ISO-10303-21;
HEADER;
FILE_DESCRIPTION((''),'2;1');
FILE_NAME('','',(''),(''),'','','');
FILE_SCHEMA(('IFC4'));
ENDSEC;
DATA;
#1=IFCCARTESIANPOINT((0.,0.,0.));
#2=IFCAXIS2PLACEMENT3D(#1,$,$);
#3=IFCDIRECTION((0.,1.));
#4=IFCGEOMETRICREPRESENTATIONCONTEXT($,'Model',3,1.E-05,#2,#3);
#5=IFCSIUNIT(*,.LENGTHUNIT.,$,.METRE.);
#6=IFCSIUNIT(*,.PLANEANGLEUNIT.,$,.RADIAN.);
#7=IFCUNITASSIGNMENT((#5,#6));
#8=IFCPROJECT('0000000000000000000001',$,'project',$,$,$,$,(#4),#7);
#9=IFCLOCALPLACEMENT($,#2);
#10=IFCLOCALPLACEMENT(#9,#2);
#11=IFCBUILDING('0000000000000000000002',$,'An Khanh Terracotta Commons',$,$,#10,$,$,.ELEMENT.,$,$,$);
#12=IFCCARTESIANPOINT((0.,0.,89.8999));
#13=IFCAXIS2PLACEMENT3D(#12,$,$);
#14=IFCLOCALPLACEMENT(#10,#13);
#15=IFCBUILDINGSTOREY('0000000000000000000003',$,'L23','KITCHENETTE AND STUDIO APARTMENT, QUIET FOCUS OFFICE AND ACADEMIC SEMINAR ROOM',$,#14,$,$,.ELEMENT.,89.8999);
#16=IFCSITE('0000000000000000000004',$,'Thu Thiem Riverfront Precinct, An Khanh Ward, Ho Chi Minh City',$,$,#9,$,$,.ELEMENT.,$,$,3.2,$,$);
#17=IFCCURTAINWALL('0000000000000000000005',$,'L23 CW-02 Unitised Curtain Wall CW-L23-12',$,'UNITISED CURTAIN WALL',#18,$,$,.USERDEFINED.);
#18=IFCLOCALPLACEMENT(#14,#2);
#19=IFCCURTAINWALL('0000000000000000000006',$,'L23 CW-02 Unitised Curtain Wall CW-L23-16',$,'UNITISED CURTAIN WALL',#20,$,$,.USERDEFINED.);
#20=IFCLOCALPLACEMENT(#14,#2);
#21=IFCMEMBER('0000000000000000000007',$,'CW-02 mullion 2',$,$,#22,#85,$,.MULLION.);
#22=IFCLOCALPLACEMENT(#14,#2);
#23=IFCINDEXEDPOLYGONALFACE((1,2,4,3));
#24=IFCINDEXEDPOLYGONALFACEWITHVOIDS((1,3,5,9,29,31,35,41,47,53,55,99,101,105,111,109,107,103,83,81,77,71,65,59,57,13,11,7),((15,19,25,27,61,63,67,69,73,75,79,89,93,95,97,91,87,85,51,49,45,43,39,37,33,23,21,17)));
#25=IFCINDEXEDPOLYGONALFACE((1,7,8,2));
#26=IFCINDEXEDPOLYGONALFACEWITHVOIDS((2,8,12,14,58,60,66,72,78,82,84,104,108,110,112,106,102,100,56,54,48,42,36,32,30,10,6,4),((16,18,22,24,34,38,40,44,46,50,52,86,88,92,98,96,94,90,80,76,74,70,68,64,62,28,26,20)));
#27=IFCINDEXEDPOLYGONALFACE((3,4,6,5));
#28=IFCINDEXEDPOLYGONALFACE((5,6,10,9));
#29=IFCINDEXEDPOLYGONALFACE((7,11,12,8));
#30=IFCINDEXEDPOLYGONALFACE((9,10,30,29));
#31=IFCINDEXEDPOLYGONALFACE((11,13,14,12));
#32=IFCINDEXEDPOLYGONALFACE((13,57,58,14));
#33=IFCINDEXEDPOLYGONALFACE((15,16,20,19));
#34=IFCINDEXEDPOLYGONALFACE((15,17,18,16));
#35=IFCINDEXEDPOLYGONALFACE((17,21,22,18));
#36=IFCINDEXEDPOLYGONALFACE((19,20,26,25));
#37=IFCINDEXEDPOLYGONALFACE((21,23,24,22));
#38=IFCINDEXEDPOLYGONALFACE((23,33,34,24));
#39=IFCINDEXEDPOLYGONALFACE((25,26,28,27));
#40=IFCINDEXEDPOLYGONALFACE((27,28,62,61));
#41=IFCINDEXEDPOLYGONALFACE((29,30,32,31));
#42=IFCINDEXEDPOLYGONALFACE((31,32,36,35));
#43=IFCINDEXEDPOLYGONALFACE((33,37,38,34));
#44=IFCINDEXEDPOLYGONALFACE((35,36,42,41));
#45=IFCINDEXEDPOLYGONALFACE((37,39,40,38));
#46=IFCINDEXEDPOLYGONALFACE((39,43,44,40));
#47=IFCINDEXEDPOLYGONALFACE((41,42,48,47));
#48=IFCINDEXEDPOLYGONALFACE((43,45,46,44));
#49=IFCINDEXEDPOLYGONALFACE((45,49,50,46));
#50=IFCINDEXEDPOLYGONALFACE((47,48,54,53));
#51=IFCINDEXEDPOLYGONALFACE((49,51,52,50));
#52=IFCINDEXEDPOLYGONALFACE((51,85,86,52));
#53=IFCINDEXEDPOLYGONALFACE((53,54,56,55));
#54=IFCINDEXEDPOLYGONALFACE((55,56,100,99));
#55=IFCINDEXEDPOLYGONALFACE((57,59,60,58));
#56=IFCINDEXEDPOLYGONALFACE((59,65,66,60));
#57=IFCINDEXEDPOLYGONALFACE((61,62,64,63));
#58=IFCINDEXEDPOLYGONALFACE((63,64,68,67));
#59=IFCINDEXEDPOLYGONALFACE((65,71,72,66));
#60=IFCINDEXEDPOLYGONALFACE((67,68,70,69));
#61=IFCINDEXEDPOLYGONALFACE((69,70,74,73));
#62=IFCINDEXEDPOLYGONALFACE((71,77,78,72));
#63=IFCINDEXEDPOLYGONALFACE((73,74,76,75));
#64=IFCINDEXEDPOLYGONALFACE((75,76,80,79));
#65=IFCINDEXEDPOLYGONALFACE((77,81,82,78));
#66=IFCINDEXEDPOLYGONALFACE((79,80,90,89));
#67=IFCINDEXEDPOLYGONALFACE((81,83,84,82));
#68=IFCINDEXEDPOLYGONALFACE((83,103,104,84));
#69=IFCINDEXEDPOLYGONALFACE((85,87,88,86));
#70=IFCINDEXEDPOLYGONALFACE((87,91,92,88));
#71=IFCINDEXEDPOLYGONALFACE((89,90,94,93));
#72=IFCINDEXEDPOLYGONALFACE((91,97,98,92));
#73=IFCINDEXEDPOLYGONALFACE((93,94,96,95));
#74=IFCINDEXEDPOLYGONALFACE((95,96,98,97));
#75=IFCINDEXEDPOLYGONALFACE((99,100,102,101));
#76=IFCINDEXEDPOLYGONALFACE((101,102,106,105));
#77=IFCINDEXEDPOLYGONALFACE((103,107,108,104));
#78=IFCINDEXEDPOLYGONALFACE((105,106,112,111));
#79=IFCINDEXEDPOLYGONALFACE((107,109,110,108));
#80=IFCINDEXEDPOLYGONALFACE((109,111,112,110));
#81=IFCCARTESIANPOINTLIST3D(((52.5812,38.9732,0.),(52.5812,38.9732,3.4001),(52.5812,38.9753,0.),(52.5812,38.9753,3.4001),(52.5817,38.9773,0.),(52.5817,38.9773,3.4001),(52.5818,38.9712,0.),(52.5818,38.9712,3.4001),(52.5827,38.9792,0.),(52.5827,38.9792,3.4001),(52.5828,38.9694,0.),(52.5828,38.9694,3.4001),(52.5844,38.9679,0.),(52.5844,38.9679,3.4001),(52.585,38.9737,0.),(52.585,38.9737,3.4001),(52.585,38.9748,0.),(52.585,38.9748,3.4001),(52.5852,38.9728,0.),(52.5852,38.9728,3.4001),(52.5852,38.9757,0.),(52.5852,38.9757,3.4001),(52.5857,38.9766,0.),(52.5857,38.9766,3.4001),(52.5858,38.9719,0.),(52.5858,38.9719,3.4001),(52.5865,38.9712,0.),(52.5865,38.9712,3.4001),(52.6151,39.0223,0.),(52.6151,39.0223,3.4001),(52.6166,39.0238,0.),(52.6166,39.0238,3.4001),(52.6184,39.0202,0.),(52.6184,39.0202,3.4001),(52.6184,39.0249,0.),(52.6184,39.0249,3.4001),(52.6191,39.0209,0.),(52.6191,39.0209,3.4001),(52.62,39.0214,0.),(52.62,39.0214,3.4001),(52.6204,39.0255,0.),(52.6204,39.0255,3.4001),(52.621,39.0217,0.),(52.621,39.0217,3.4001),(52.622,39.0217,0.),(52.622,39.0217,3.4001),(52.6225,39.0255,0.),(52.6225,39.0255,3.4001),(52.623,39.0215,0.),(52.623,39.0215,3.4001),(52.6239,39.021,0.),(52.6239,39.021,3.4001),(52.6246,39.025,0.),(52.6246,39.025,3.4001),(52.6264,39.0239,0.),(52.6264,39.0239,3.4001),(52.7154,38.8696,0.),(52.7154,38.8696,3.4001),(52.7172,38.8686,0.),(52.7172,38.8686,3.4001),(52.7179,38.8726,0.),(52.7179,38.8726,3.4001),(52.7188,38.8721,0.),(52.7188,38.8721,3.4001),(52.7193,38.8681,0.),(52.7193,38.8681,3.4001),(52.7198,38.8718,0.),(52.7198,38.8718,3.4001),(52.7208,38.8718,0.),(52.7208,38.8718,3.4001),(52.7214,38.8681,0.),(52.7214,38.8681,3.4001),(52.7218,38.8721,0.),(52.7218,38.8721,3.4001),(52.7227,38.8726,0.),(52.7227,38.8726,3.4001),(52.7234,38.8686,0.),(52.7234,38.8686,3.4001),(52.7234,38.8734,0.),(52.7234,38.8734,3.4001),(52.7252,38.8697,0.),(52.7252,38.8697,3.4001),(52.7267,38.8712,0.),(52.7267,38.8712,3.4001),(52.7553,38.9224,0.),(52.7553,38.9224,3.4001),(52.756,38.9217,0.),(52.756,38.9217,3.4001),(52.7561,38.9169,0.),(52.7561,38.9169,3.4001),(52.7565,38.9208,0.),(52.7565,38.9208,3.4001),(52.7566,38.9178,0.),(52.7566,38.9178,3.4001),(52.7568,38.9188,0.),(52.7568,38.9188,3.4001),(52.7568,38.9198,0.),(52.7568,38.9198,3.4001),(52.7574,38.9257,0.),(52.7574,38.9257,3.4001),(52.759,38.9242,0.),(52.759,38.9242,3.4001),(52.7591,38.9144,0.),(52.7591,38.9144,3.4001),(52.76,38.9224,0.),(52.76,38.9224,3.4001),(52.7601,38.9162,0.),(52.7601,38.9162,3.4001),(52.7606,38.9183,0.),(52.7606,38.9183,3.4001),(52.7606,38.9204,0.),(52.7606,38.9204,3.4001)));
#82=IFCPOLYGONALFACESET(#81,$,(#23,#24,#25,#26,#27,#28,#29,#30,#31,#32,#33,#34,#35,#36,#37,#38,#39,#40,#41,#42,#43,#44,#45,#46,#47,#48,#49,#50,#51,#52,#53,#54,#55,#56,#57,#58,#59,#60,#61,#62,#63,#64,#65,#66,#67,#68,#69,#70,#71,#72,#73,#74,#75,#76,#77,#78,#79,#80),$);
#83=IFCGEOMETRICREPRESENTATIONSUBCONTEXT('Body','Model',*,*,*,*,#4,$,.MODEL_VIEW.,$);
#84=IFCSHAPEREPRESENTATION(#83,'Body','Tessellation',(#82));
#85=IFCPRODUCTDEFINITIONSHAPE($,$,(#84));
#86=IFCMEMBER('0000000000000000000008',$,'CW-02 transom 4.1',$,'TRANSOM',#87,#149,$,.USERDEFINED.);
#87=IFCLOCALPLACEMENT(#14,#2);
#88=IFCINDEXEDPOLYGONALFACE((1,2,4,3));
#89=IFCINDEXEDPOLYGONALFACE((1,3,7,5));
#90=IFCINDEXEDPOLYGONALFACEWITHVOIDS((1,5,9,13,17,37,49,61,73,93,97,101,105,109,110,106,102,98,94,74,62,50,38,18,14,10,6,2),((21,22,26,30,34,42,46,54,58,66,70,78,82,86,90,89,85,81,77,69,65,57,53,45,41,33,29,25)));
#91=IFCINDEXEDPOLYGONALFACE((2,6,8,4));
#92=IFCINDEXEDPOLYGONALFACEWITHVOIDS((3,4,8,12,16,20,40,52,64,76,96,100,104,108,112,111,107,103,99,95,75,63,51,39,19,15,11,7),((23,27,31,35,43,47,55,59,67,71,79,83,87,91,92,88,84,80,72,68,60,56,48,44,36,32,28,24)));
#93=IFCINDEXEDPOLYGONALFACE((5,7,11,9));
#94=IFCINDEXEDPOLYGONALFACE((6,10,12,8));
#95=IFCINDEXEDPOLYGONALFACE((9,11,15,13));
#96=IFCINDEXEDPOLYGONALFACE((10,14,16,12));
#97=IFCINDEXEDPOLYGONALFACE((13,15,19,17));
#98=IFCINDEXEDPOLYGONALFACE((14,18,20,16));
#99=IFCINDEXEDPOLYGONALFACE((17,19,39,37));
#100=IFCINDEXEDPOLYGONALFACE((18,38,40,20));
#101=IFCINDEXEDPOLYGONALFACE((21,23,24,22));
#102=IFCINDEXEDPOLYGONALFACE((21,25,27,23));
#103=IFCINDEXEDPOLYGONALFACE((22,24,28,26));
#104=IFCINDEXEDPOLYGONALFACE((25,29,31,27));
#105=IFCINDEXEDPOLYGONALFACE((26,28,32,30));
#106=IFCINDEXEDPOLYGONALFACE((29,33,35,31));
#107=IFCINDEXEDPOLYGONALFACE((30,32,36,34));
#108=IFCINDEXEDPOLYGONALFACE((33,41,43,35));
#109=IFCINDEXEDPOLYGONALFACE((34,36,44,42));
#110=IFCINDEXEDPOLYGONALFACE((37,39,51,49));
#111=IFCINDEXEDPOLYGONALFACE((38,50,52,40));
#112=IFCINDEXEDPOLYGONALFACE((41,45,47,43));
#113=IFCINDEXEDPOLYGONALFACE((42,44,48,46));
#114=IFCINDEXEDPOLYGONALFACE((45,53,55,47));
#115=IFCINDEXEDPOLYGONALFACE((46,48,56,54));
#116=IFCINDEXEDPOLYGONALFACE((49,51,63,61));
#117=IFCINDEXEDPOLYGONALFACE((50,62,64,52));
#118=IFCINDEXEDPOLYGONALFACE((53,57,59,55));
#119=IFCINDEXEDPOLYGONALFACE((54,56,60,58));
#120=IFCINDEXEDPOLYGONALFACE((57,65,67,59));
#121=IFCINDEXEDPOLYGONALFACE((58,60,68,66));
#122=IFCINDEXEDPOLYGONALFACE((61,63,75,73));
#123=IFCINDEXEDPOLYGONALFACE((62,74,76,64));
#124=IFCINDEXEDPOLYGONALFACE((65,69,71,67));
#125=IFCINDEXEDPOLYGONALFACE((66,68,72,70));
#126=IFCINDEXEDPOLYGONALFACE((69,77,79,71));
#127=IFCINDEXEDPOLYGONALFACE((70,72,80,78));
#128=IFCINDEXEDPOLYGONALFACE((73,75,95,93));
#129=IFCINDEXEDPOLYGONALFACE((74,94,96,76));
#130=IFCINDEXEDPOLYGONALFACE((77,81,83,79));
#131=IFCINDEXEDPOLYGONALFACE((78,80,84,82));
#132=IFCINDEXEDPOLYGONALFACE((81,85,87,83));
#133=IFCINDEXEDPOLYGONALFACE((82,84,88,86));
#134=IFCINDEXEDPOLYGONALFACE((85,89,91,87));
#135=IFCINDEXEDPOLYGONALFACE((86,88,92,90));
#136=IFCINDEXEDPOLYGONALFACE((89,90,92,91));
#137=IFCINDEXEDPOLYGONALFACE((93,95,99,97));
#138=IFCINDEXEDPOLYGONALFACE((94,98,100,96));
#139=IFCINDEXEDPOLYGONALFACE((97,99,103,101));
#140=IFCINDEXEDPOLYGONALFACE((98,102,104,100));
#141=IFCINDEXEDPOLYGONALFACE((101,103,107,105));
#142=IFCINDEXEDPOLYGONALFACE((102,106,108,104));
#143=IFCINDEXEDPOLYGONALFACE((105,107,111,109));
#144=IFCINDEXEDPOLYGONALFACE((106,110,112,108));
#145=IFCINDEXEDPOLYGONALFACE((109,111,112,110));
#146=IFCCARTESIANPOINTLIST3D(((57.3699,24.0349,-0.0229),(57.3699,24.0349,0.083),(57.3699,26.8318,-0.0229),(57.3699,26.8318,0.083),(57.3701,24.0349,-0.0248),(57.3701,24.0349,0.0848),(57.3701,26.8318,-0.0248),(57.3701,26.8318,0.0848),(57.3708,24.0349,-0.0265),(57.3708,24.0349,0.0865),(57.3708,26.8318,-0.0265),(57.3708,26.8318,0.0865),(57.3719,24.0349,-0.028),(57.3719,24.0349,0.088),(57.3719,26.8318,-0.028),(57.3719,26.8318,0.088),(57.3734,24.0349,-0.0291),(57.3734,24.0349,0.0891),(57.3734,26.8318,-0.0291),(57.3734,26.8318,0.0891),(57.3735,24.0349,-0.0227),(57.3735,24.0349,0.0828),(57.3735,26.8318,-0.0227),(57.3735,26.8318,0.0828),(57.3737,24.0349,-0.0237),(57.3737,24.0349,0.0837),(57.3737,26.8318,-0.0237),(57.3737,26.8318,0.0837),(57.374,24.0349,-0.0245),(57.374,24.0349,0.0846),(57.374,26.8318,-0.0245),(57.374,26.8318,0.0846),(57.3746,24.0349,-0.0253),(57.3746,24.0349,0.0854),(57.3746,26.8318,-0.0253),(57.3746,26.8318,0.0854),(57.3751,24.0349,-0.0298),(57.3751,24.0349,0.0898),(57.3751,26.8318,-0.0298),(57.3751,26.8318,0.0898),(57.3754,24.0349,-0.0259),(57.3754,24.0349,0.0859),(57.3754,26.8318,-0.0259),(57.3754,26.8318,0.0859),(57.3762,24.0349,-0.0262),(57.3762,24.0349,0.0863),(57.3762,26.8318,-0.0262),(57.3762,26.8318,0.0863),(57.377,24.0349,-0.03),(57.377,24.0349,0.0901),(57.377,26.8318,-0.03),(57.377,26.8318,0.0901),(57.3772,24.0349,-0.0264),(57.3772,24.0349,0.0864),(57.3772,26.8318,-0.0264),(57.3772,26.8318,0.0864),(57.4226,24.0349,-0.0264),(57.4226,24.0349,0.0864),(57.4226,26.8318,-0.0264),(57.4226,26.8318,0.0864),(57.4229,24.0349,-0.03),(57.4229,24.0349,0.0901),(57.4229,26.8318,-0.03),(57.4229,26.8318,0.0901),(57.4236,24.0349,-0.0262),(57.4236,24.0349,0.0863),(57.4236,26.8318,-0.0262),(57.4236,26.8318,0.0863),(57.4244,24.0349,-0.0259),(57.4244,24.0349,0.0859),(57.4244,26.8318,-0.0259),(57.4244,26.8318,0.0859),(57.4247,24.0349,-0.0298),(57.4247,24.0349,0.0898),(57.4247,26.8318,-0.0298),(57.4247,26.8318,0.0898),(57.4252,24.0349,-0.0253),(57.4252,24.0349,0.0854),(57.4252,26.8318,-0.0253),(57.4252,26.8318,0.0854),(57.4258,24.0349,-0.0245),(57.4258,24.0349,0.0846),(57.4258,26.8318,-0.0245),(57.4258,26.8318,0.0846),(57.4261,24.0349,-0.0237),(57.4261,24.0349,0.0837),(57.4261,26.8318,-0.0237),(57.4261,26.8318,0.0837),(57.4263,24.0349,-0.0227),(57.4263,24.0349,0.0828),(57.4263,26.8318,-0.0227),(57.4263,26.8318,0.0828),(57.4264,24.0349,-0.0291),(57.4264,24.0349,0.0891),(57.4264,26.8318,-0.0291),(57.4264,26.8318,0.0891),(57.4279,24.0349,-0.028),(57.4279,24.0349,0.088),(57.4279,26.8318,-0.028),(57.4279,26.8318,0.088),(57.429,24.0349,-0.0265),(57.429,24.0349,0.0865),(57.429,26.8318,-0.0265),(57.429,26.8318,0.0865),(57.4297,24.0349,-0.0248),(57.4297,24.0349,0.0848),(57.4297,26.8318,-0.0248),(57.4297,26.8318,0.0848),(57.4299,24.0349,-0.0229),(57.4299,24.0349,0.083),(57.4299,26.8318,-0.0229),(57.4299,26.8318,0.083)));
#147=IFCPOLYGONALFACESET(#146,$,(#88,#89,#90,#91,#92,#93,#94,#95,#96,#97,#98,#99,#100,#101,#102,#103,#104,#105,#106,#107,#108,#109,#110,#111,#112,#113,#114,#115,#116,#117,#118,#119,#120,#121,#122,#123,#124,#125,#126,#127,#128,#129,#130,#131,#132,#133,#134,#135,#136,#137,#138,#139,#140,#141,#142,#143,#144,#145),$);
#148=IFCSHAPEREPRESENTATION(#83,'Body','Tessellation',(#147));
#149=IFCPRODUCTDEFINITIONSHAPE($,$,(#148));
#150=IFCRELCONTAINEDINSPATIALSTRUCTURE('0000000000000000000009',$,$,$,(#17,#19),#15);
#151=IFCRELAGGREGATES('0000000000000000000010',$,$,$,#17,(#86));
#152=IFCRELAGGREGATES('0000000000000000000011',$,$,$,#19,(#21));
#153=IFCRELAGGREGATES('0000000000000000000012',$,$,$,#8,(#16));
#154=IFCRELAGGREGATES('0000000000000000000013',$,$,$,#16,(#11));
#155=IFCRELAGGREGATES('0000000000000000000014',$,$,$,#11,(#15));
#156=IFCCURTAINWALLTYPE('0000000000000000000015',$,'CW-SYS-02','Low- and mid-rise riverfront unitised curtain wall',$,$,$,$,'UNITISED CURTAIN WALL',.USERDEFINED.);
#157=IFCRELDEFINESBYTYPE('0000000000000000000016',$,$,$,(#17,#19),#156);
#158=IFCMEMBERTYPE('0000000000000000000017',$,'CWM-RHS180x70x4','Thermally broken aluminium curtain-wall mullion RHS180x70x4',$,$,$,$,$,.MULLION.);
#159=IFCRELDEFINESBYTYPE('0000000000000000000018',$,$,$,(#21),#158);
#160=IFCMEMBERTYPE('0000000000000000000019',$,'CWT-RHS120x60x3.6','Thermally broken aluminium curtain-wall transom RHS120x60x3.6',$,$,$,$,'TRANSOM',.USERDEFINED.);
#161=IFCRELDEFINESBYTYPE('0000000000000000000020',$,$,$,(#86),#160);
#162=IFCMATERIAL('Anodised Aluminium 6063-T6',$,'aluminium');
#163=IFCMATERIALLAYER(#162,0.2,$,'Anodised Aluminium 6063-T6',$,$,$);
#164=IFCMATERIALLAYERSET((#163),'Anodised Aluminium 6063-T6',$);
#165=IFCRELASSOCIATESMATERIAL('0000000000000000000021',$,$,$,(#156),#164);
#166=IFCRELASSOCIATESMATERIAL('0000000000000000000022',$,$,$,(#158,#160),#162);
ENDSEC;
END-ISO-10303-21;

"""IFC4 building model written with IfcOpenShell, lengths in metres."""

from ifc_helpers import new_model, si_unit, direction, frame, origin, origin_2d, place, context, subcontext, project, spatial, hollow_rectangle, extrude, material, layer, layer_set, material_profile, profile_set, type_object, element, aggregate, save


model = new_model("IFC4")

# Units and contexts
model_context = context("Model", 3, precision=1e-05, world=origin(), true_north=direction((0.0, 1.0)))
body_context = subcontext(model_context, "Body", "Model", "MODEL_VIEW")
ifc_project = project(units=[si_unit("LENGTHUNIT", "METRE"), si_unit("PLANEANGLEUNIT", "RADIAN")], contexts=[model_context])

# Site, building, storey
site_placement = place(None, origin())
site = spatial("IfcSite", under=ifc_project, at=site_placement, Name="Thu Thiem Riverfront Precinct, An Khanh Ward, Ho Chi Minh City", CompositionType="ELEMENT", RefElevation=3.2)
building_placement = place(site_placement, origin())
building = spatial("IfcBuilding", under=site, at=building_placement, Name="An Khanh Terracotta Commons", CompositionType="ELEMENT")
storey_placement = place(building_placement, frame((0.0, 0.0, 89.8999)))
storey = spatial("IfcBuildingStorey", under=building, at=storey_placement, Name="L23", Description="KITCHENETTE AND STUDIO APARTMENT, QUIET FOCUS OFFICE AND ACADEMIC SEMINAR ROOM", CompositionType="ELEMENT", Elevation=89.8999)

# Curtain walls, member
ifc_material_1 = material(Name="Anodised Aluminium 6063-T6", Category="aluminium")
ifc_layer_1 = layer(ifc_material_1, 0.2, Name="Anodised Aluminium 6063-T6")
ifc_layer_set_1 = layer_set([ifc_layer_1], Name="Anodised Aluminium 6063-T6")
curtain_wall_type = type_object("IfcCurtainWallType", Name="CW-SYS-02", Description="Low- and mid-rise riverfront unitised curtain wall", ElementType="UNITISED CURTAIN WALL", PredefinedType="USERDEFINED", material=ifc_layer_set_1)
curtain_wall_1_placement = place(storey_placement, origin())
curtain_wall_1 = element("IfcCurtainWall", 1, at=curtain_wall_1_placement, inside=storey, type_object=curtain_wall_type, Name="L23 CW-02 Unitised Curtain Wall CW-L23-12", ObjectType="UNITISED CURTAIN WALL", PredefinedType="USERDEFINED")
ifc_material_profile_1 = material_profile(ifc_material_1, hollow_rectangle(XDim=0.0701, YDim=0.1799, WallThickness=0.0039, InnerFilletRadius=0.0039, OuterFilletRadius=0.0081, at=origin_2d()), Name="RHS180x70x4")
ifc_profile_set_1 = profile_set([ifc_material_profile_1], Name="Anodised Aluminium 6063-T6")
member_type_1 = type_object("IfcMemberType", Name="CWM-RHS180x70x4", Description="Thermally broken aluminium curtain-wall mullion RHS180x70x4", PredefinedType="MULLION", material=ifc_profile_set_1)
curtain_wall_2_placement = place(storey_placement, origin())
curtain_wall_2 = element("IfcCurtainWall", 2, at=curtain_wall_2_placement, inside=storey, type_object=curtain_wall_type, Name="L23 CW-02 Unitised Curtain Wall CW-L23-16", ObjectType="UNITISED CURTAIN WALL", PredefinedType="USERDEFINED")
member_1_placement = place(storey_placement, frame((52.6709, 38.9468, 0.0), z_axis=(0.0, 0.0, 1.0), x_axis=(-0.599983, -0.800013, 0.0)))
member_1 = element("IfcMember", 3, at=member_1_placement, type_object=member_type_1, Name="CW-02 mullion 2", PredefinedType="MULLION", context=body_context, shape_type="SweptSolid", body=[
    extrude(hollow_rectangle(XDim=0.0701, YDim=0.1799, WallThickness=0.0039, InnerFilletRadius=0.0039, OuterFilletRadius=0.0081, at=origin_2d()), origin(), (0.0, 0.0, 1.0), 3.4001),
])

# Member
ifc_material_profile_2 = material_profile(ifc_material_1, hollow_rectangle(XDim=0.0601, YDim=0.1201, WallThickness=0.0037, InnerFilletRadius=0.0037, OuterFilletRadius=0.0071, at=origin_2d()), Name="RHS120x60x3.6")
ifc_profile_set_2 = profile_set([ifc_material_profile_2], Name="Anodised Aluminium 6063-T6")
member_type_2 = type_object("IfcMemberType", Name="CWT-RHS120x60x3.6", Description="Thermally broken aluminium curtain-wall transom RHS120x60x3.6", ElementType="TRANSOM", PredefinedType="USERDEFINED", material=ifc_profile_set_2)
member_2_placement = place(storey_placement, frame((57.3999, 24.0349, 0.03), z_axis=(0.0, 1.0, 0.0), x_axis=(-1.0, 0.0, 0.0)))
member_2 = element("IfcMember", 4, at=member_2_placement, type_object=member_type_2, Name="CW-02 transom 4.1", ObjectType="TRANSOM", PredefinedType="USERDEFINED", context=body_context, shape_type="SweptSolid", body=[
    extrude(hollow_rectangle(XDim=0.0601, YDim=0.1201, WallThickness=0.0037, InnerFilletRadius=0.0037, OuterFilletRadius=0.0071, at=origin_2d()), origin(), (0.0, 0.0, 1.0), 2.7969),
])

aggregate(curtain_wall_1, [member_2])
aggregate(curtain_wall_2, [member_1])

save(model, "model.ifc")
